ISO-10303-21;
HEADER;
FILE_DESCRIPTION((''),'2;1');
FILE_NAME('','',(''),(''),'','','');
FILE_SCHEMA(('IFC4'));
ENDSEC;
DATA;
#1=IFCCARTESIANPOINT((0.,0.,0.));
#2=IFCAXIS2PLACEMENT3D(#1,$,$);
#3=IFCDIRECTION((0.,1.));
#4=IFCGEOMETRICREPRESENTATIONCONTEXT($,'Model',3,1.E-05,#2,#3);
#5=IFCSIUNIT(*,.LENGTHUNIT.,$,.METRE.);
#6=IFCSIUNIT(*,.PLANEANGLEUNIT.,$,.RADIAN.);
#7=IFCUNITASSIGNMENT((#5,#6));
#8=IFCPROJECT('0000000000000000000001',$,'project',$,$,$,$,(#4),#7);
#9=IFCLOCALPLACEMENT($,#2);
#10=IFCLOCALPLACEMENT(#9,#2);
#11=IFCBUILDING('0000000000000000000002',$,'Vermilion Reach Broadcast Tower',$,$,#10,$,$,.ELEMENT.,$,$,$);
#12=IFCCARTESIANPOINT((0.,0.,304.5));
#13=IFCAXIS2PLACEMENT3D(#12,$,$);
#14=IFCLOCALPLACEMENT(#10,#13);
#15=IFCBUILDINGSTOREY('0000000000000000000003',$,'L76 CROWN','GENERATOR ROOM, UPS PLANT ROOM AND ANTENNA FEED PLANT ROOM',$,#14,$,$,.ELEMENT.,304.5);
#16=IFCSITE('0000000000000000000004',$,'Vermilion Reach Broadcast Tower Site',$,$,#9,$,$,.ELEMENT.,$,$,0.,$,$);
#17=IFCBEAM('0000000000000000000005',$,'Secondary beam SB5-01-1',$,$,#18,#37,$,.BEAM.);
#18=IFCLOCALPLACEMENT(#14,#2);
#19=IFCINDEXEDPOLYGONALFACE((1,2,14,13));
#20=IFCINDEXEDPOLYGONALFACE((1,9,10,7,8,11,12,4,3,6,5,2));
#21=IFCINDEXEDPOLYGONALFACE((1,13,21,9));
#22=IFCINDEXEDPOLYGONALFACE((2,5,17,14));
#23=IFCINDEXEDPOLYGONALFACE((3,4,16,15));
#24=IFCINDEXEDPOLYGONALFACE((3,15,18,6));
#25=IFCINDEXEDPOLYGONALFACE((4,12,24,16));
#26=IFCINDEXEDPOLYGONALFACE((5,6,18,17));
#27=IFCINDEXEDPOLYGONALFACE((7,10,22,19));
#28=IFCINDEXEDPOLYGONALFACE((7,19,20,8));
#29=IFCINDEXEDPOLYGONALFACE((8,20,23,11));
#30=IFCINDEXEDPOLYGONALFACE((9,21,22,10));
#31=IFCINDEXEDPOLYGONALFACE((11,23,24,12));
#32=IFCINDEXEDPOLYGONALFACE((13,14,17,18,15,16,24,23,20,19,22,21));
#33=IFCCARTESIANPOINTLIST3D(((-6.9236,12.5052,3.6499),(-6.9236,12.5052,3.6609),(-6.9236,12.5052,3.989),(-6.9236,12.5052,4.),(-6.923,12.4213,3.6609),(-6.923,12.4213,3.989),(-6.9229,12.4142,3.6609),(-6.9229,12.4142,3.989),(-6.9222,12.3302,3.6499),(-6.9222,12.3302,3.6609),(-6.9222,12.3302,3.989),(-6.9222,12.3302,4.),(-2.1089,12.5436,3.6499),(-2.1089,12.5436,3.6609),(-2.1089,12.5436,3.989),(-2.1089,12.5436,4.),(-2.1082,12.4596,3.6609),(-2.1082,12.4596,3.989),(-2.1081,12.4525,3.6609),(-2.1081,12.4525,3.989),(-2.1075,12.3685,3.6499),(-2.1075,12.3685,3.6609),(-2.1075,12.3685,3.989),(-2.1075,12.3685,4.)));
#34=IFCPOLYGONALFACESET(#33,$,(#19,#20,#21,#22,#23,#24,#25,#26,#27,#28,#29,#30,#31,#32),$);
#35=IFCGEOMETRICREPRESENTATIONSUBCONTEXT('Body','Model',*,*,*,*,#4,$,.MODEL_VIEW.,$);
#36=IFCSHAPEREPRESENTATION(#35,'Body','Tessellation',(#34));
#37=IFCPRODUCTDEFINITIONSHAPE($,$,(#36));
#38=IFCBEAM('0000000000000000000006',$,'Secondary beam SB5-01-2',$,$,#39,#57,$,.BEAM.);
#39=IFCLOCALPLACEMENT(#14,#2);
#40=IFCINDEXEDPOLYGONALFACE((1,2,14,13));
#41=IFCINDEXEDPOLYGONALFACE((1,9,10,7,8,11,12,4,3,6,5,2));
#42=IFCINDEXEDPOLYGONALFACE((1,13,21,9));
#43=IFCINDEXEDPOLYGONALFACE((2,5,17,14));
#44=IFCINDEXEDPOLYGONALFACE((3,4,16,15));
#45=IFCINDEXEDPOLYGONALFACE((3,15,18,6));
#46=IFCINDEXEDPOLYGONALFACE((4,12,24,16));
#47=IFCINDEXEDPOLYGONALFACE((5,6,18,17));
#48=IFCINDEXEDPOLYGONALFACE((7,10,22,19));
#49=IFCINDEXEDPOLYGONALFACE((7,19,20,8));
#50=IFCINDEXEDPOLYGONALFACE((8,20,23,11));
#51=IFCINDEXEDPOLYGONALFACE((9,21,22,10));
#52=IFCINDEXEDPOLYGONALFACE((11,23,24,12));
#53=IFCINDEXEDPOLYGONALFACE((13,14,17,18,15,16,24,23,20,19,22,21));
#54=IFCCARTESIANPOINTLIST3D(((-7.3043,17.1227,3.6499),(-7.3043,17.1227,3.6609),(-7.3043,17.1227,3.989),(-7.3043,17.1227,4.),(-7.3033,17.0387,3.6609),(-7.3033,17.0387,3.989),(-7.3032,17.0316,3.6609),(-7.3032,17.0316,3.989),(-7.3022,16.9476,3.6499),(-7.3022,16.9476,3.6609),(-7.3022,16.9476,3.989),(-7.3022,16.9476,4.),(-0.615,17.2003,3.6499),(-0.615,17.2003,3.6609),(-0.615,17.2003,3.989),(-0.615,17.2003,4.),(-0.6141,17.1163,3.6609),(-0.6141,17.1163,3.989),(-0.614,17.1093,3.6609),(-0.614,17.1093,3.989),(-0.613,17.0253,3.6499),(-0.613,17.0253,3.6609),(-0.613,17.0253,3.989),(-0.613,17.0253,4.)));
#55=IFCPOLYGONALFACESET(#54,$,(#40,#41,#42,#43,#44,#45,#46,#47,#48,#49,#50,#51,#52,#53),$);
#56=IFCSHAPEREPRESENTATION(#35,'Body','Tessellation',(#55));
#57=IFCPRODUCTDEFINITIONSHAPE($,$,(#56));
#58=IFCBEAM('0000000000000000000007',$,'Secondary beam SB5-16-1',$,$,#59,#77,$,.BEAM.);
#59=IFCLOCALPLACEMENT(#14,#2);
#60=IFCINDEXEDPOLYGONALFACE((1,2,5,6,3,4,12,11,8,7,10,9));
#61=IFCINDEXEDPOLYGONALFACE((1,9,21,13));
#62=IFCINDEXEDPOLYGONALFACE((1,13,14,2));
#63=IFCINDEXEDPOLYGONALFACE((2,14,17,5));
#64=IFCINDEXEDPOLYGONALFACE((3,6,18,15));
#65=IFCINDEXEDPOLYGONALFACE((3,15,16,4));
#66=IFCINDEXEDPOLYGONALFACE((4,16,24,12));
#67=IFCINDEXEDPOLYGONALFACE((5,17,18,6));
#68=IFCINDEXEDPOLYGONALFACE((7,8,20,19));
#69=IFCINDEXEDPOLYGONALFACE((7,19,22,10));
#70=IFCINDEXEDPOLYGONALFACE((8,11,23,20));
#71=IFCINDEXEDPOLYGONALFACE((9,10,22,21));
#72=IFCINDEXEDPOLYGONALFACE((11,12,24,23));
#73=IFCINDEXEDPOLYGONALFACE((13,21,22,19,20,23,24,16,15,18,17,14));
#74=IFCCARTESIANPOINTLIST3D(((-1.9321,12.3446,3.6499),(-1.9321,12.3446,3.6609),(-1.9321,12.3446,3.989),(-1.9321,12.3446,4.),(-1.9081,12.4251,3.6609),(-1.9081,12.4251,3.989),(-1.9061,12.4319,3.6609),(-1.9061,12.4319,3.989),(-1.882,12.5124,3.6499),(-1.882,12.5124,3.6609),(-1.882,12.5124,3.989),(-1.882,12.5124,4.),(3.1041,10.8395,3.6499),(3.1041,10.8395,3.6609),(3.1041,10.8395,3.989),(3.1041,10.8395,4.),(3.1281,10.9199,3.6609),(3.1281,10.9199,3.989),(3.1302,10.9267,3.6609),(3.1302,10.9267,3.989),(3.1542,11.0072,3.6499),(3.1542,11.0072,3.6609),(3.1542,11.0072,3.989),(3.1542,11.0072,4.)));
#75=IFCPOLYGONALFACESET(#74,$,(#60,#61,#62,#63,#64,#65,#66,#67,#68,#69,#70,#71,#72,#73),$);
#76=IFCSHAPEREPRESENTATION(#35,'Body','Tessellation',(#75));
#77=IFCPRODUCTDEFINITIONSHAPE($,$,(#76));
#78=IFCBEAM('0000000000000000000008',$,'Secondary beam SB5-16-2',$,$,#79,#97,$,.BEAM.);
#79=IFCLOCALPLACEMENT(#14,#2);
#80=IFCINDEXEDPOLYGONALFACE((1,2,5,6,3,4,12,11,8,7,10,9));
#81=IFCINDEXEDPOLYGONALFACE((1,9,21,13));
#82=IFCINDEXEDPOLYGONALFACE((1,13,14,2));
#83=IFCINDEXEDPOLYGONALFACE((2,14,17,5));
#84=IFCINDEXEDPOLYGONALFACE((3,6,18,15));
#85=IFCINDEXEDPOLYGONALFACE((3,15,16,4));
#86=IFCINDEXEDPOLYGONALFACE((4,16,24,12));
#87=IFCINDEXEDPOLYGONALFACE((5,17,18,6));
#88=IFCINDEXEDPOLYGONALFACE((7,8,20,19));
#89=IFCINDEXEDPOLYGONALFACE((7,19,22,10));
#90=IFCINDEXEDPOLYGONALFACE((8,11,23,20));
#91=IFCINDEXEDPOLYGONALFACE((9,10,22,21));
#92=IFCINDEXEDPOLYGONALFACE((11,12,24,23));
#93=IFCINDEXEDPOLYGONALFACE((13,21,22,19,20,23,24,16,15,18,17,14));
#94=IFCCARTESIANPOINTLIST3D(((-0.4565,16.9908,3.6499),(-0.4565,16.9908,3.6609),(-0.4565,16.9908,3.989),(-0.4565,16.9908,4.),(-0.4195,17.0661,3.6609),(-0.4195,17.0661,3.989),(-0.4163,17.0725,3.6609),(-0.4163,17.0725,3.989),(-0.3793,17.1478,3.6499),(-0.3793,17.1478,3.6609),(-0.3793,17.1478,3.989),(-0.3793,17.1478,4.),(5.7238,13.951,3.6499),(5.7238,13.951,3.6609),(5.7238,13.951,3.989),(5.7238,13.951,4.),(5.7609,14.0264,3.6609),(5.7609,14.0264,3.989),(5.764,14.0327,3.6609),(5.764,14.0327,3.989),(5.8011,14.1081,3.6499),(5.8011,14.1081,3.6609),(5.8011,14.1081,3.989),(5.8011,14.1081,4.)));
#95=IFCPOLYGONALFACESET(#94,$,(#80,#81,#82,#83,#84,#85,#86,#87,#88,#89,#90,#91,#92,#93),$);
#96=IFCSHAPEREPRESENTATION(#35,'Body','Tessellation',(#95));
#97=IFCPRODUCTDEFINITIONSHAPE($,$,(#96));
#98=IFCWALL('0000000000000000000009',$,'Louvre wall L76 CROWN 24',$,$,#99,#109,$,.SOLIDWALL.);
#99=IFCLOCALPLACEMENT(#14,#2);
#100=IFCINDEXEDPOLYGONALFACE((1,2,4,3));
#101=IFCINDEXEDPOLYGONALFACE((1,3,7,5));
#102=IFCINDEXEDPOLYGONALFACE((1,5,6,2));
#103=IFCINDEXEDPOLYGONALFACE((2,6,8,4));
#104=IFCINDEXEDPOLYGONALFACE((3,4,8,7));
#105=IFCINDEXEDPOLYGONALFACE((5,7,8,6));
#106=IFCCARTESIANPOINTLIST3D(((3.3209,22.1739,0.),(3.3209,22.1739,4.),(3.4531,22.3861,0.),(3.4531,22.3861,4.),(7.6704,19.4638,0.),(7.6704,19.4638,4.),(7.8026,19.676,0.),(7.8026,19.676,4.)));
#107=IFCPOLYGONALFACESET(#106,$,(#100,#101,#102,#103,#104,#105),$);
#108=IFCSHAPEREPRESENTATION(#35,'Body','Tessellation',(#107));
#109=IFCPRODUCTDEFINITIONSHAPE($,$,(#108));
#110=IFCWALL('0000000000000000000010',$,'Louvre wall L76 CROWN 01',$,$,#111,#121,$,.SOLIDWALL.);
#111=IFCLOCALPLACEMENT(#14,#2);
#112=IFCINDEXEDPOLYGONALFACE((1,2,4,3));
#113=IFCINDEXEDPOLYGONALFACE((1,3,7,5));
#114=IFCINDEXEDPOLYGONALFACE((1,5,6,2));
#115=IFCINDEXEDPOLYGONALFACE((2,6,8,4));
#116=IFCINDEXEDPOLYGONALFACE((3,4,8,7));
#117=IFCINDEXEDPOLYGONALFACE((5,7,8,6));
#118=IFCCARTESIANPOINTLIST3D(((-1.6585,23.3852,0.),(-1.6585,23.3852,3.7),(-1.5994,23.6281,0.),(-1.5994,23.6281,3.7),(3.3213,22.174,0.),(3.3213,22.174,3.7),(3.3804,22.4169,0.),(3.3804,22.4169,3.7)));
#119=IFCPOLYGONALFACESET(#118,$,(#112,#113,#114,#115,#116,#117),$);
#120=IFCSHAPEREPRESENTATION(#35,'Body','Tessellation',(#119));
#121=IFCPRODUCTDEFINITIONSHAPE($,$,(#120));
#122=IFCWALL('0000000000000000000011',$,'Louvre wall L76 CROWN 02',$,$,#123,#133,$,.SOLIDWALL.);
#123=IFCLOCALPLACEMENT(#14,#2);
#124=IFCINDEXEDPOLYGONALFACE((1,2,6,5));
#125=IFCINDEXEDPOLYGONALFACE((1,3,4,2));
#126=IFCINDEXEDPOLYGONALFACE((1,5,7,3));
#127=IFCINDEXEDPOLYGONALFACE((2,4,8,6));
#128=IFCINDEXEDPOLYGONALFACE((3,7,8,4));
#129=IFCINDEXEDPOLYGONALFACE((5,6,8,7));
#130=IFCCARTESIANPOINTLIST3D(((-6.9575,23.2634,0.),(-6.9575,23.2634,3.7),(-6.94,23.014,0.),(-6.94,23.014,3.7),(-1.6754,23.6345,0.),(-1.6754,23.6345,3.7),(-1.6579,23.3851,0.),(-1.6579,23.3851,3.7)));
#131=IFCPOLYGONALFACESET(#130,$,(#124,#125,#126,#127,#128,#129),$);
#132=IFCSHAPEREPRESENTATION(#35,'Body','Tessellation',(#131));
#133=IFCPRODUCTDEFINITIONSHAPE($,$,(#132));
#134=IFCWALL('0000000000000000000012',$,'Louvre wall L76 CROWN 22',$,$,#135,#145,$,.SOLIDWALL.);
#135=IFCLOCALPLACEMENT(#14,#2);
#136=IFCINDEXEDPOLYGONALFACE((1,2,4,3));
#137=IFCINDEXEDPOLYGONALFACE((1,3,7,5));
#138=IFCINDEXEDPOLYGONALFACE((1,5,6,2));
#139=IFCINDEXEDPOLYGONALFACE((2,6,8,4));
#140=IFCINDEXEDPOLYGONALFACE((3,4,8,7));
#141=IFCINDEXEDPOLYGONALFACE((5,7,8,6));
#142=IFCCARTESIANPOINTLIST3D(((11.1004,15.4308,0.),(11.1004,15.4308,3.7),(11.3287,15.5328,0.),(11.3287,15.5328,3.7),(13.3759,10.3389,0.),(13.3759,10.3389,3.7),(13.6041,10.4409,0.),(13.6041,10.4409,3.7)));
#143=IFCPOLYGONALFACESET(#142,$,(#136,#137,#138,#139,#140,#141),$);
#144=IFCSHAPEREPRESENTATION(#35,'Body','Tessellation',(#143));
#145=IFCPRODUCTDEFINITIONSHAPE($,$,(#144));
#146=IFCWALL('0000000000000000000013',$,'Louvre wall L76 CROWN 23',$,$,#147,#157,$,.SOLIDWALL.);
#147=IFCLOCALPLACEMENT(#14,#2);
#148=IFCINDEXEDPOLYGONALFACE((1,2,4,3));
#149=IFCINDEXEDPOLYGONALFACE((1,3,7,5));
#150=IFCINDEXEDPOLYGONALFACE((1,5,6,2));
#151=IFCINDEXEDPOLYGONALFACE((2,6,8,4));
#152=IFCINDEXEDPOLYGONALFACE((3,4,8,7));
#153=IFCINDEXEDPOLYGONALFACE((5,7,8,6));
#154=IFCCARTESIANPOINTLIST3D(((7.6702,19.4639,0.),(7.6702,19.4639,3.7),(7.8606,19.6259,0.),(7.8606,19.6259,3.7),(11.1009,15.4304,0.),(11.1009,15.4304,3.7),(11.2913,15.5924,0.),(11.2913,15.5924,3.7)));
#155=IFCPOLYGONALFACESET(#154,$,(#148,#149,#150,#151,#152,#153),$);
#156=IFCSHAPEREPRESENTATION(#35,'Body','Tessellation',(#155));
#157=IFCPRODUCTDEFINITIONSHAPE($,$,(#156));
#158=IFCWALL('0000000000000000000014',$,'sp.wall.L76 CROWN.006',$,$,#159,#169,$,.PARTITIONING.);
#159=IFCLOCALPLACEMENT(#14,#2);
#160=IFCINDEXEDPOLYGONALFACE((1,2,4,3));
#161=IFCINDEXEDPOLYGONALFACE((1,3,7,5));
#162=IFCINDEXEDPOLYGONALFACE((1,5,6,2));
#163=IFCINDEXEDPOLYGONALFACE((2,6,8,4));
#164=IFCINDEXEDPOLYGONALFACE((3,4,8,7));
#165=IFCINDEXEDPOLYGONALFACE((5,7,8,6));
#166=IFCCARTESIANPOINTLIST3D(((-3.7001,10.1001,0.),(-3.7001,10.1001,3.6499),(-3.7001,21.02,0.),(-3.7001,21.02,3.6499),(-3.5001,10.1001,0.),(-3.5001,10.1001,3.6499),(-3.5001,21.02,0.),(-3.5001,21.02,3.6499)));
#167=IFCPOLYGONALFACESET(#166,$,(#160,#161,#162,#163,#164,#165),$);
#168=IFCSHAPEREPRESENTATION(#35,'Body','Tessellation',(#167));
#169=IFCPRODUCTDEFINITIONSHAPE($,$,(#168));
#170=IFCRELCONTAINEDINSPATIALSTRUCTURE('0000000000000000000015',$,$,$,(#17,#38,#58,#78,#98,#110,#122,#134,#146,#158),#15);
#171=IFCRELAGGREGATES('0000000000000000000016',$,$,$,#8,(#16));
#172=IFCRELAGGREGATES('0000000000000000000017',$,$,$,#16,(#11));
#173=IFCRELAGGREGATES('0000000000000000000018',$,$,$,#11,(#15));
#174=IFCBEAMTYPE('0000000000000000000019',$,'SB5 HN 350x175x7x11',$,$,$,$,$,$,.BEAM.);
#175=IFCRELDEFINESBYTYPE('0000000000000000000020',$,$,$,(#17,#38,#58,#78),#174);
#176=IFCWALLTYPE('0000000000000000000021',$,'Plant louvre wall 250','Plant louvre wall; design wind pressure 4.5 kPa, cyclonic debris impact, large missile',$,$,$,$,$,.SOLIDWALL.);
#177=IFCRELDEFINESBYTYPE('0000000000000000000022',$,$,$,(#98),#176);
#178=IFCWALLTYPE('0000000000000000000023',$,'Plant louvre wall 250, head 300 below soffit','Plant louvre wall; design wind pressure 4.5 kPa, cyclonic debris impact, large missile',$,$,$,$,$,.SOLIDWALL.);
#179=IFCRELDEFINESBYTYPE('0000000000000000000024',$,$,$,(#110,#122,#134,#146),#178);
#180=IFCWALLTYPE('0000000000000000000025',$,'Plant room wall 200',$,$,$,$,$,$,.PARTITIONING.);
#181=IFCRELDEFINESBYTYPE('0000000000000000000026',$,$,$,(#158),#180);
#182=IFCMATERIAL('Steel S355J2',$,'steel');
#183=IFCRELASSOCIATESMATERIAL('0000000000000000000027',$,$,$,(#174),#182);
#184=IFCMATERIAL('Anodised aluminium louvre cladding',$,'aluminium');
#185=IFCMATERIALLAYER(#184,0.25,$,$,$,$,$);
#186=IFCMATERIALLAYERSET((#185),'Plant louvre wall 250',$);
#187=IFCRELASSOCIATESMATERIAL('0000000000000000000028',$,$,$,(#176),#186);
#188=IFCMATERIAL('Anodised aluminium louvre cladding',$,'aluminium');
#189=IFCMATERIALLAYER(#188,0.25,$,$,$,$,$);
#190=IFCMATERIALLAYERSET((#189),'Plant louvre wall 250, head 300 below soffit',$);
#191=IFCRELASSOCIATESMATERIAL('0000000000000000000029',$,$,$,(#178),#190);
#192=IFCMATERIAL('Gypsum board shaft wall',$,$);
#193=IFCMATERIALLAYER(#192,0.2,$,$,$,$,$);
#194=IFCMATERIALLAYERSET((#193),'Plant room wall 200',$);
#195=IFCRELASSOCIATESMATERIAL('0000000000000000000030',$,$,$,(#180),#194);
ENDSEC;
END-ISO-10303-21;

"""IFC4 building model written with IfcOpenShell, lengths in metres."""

from ifc_helpers import new_model, si_unit, direction, frame, frame_2d, origin, origin_2d, place, context, subcontext, project, spatial, rectangle, i_section, extrude, material, layer, layer_set, material_profile, profile_set, type_object, element, save


model = new_model("IFC4")

# Units and contexts
model_context = context("Model", 3, precision=1e-05, world=origin(), true_north=direction((0.0, 1.0)))
body_context = subcontext(model_context, "Body", "Model", "MODEL_VIEW")
ifc_project = project(units=[si_unit("LENGTHUNIT", "METRE"), si_unit("PLANEANGLEUNIT", "RADIAN")], contexts=[model_context])

# Site, building, storey
site_placement = place(None, origin())
site = spatial("IfcSite", under=ifc_project, at=site_placement, Name="Vermilion Reach Broadcast Tower Site", CompositionType="ELEMENT", RefElevation=0.0)
building_placement = place(site_placement, origin())
building = spatial("IfcBuilding", under=site, at=building_placement, Name="Vermilion Reach Broadcast Tower", CompositionType="ELEMENT")
storey_placement = place(building_placement, frame((0.0, 0.0, 304.5)))
storey = spatial("IfcBuildingStorey", under=building, at=storey_placement, Name="L76 CROWN", Description="GENERATOR ROOM, UPS PLANT ROOM AND ANTENNA FEED PLANT ROOM", CompositionType="ELEMENT", Elevation=304.5)

# Beams
ifc_material_1 = material(Name="Steel S355J2", Category="steel")
ifc_material_profile_1 = material_profile(ifc_material_1, i_section(OverallWidth=0.175, OverallDepth=0.3501, WebThickness=0.0071, FlangeThickness=0.011, at=origin_2d()), Name="S355J2 HN 350x175x7x11")
ifc_profile_set_1 = profile_set([ifc_material_profile_1], Name="Steel S355J2")
beam_type_1 = type_object("IfcBeamType", Name="SB5 HN 350x175x7x11", PredefinedType="BEAM", material=ifc_profile_set_1)
beam_1_placement = place(storey_placement, frame((-2.1082, 12.4561, 3.825), z_axis=(-0.999968, -0.007961, 0.0), x_axis=(0.007961, -0.999968, 0.0)))
element("IfcBeam", 1, at=beam_1_placement, inside=storey, type_object=beam_type_1, Name="Secondary beam SB5-01-1", PredefinedType="BEAM", context=body_context, shape_type="SweptSolid", body=[
    extrude(i_section(OverallWidth=0.175, OverallDepth=0.3501, WebThickness=0.0071, FlangeThickness=0.011, at=origin_2d()), origin(), (0.0, 0.0, 1.0), 4.8149),
])
beam_2_placement = place(storey_placement, frame((-0.614, 17.1128, 3.825), z_axis=(-0.999933, -0.011605, 0.0), x_axis=(0.011605, -0.999933, 0.0)))
element("IfcBeam", 2, at=beam_2_placement, inside=storey, type_object=beam_type_1, Name="Secondary beam SB5-01-2", PredefinedType="BEAM", context=body_context, shape_type="SweptSolid", body=[
    extrude(i_section(OverallWidth=0.175, OverallDepth=0.3501, WebThickness=0.0071, FlangeThickness=0.011, at=origin_2d()), origin(), (0.0, 0.0, 1.0), 6.6897),
])
beam_3_placement = place(storey_placement, frame((3.1292, 10.9233, 3.825), z_axis=(-0.958125, 0.286351, 0.0), x_axis=(-0.286351, -0.958125, 0.0)))
element("IfcBeam", 3, at=beam_3_placement, inside=storey, type_object=beam_type_1, Name="Secondary beam SB5-16-1", PredefinedType="BEAM", context=body_context, shape_type="SweptSolid", body=[
    extrude(i_section(OverallWidth=0.175, OverallDepth=0.3501, WebThickness=0.0071, FlangeThickness=0.011, at=origin_2d()), origin(), (0.0, 0.0, 1.0), 5.2563),
])
beam_4_placement = place(storey_placement, frame((5.7625, 14.0295, 3.825), z_axis=(-0.897336, 0.441348, 0.0), x_axis=(-0.441348, -0.897336, 0.0)))
element("IfcBeam", 4, at=beam_4_placement, inside=storey, type_object=beam_type_1, Name="Secondary beam SB5-16-2", PredefinedType="BEAM", context=body_context, shape_type="SweptSolid", body=[
    extrude(i_section(OverallWidth=0.175, OverallDepth=0.3501, WebThickness=0.0071, FlangeThickness=0.011, at=origin_2d()), origin(), (0.0, 0.0, 1.0), 6.8875),
])

# Walls
ifc_material_2 = material(Name="Anodised aluminium louvre cladding", Category="aluminium")
ifc_layer_1 = layer(ifc_material_2, 0.25)
ifc_layer_set_1 = layer_set([ifc_layer_1], Name="Plant louvre wall 250")
wall_type_1 = type_object("IfcWallType", Name="Plant louvre wall 250", Description="Plant louvre wall; design wind pressure 4.5 kPa, cyclonic debris impact, large missile", PredefinedType="SOLIDWALL", material=ifc_layer_set_1)
wall_1_placement = place(storey_placement, frame((7.7366, 19.5698, 0.0), z_axis=(0.0, 0.0, 1.0), x_axis=(-0.848725, 0.528834, 0.0)))
element("IfcWall", 5, at=wall_1_placement, inside=storey, type_object=wall_type_1, Name="Louvre wall L76 CROWN 24", PredefinedType="SOLIDWALL", context=body_context, shape_type="SweptSolid", body=[
    extrude(rectangle(XDim=5.1248, YDim=0.25, at=frame_2d((2.5625, 0.0))), origin(), (0.0, 0.0, 1.0), 4.0),
])
ifc_material_3 = material(Name="Anodised aluminium louvre cladding", Category="aluminium")
ifc_layer_2 = layer(ifc_material_3, 0.25)
ifc_layer_set_2 = layer_set([ifc_layer_2], Name="Plant louvre wall 250, head 300 below soffit")
wall_type_2 = type_object("IfcWallType", Name="Plant louvre wall 250, head 300 below soffit", Description="Plant louvre wall; design wind pressure 4.5 kPa, cyclonic debris impact, large missile", PredefinedType="SOLIDWALL", material=ifc_layer_set_2)
wall_2_placement = place(storey_placement, frame((3.3508, 22.2954, 0.0), z_axis=(0.0, 0.0, 1.0), x_axis=(-0.971672, 0.236332, 0.0)))
element("IfcWall", 6, at=wall_2_placement, inside=storey, type_object=wall_type_2, Name="Louvre wall L76 CROWN 01", PredefinedType="SOLIDWALL", context=body_context, shape_type="SweptSolid", body=[
    extrude(rectangle(XDim=5.125, YDim=0.25, at=frame_2d((2.5625, 0.0))), origin(), (0.0, 0.0, 1.0), 3.7),
])
wall_3_placement = place(storey_placement, frame((-1.6667, 23.5098, 0.0), z_axis=(0.0, 0.0, 1.0), x_axis=(-0.997541, -0.070081, 0.0)))
element("IfcWall", 7, at=wall_3_placement, inside=storey, type_object=wall_type_2, Name="Louvre wall L76 CROWN 02", PredefinedType="SOLIDWALL", context=body_context, shape_type="SweptSolid", body=[
    extrude(rectangle(XDim=5.2952, YDim=0.25, at=frame_2d((2.6475, 0.0))), origin(), (0.0, 0.0, 1.0), 3.7),
])
wall_4_placement = place(storey_placement, frame((13.49, 10.3899, 0.0), z_axis=(0.0, 0.0, 1.0), x_axis=(-0.40799, 0.912987, 0.0)))
element("IfcWall", 8, at=wall_4_placement, inside=storey, type_object=wall_type_2, Name="Louvre wall L76 CROWN 22", PredefinedType="SOLIDWALL", context=body_context, shape_type="SweptSolid", body=[
    extrude(rectangle(XDim=5.5771, YDim=0.25, at=frame_2d((2.7886, 0.0))), origin(), (0.0, 0.0, 1.0), 3.7),
])
wall_5_placement = place(storey_placement, frame((11.196, 15.5115, 0.0), z_axis=(0.0, 0.0, 1.0), x_axis=(-0.647893, 0.761731, 0.0)))
element("IfcWall", 9, at=wall_5_placement, inside=storey, type_object=wall_type_2, Name="Louvre wall L76 CROWN 23", PredefinedType="SOLIDWALL", context=body_context, shape_type="SweptSolid", body=[
    extrude(rectangle(XDim=5.2952, YDim=0.25, at=frame_2d((2.6475, 0.0))), origin(), (0.0, 0.0, 1.0), 3.7),
])
ifc_material_4 = material(Name="Gypsum board shaft wall")
ifc_layer_3 = layer(ifc_material_4, 0.2)
ifc_layer_set_3 = layer_set([ifc_layer_3], Name="Plant room wall 200")
wall_type_3 = type_object("IfcWallType", Name="Plant room wall 200", PredefinedType="PARTITIONING", material=ifc_layer_set_3)
wall_6_placement = place(storey_placement, frame((-3.6001, 10.1001, 0.0), z_axis=(0.0, 0.0, 1.0), x_axis=(0.0, 1.0, 0.0)))
element("IfcWall", 10, at=wall_6_placement, inside=storey, type_object=wall_type_3, Name="sp.wall.L76 CROWN.006", PredefinedType="PARTITIONING", context=body_context, shape_type="SweptSolid", body=[
    extrude(rectangle(XDim=10.9199, YDim=0.2, at=frame_2d((5.46, 0.0))), origin(), (0.0, 0.0, 1.0), 3.6499),
])

save(model, "model.ifc")
